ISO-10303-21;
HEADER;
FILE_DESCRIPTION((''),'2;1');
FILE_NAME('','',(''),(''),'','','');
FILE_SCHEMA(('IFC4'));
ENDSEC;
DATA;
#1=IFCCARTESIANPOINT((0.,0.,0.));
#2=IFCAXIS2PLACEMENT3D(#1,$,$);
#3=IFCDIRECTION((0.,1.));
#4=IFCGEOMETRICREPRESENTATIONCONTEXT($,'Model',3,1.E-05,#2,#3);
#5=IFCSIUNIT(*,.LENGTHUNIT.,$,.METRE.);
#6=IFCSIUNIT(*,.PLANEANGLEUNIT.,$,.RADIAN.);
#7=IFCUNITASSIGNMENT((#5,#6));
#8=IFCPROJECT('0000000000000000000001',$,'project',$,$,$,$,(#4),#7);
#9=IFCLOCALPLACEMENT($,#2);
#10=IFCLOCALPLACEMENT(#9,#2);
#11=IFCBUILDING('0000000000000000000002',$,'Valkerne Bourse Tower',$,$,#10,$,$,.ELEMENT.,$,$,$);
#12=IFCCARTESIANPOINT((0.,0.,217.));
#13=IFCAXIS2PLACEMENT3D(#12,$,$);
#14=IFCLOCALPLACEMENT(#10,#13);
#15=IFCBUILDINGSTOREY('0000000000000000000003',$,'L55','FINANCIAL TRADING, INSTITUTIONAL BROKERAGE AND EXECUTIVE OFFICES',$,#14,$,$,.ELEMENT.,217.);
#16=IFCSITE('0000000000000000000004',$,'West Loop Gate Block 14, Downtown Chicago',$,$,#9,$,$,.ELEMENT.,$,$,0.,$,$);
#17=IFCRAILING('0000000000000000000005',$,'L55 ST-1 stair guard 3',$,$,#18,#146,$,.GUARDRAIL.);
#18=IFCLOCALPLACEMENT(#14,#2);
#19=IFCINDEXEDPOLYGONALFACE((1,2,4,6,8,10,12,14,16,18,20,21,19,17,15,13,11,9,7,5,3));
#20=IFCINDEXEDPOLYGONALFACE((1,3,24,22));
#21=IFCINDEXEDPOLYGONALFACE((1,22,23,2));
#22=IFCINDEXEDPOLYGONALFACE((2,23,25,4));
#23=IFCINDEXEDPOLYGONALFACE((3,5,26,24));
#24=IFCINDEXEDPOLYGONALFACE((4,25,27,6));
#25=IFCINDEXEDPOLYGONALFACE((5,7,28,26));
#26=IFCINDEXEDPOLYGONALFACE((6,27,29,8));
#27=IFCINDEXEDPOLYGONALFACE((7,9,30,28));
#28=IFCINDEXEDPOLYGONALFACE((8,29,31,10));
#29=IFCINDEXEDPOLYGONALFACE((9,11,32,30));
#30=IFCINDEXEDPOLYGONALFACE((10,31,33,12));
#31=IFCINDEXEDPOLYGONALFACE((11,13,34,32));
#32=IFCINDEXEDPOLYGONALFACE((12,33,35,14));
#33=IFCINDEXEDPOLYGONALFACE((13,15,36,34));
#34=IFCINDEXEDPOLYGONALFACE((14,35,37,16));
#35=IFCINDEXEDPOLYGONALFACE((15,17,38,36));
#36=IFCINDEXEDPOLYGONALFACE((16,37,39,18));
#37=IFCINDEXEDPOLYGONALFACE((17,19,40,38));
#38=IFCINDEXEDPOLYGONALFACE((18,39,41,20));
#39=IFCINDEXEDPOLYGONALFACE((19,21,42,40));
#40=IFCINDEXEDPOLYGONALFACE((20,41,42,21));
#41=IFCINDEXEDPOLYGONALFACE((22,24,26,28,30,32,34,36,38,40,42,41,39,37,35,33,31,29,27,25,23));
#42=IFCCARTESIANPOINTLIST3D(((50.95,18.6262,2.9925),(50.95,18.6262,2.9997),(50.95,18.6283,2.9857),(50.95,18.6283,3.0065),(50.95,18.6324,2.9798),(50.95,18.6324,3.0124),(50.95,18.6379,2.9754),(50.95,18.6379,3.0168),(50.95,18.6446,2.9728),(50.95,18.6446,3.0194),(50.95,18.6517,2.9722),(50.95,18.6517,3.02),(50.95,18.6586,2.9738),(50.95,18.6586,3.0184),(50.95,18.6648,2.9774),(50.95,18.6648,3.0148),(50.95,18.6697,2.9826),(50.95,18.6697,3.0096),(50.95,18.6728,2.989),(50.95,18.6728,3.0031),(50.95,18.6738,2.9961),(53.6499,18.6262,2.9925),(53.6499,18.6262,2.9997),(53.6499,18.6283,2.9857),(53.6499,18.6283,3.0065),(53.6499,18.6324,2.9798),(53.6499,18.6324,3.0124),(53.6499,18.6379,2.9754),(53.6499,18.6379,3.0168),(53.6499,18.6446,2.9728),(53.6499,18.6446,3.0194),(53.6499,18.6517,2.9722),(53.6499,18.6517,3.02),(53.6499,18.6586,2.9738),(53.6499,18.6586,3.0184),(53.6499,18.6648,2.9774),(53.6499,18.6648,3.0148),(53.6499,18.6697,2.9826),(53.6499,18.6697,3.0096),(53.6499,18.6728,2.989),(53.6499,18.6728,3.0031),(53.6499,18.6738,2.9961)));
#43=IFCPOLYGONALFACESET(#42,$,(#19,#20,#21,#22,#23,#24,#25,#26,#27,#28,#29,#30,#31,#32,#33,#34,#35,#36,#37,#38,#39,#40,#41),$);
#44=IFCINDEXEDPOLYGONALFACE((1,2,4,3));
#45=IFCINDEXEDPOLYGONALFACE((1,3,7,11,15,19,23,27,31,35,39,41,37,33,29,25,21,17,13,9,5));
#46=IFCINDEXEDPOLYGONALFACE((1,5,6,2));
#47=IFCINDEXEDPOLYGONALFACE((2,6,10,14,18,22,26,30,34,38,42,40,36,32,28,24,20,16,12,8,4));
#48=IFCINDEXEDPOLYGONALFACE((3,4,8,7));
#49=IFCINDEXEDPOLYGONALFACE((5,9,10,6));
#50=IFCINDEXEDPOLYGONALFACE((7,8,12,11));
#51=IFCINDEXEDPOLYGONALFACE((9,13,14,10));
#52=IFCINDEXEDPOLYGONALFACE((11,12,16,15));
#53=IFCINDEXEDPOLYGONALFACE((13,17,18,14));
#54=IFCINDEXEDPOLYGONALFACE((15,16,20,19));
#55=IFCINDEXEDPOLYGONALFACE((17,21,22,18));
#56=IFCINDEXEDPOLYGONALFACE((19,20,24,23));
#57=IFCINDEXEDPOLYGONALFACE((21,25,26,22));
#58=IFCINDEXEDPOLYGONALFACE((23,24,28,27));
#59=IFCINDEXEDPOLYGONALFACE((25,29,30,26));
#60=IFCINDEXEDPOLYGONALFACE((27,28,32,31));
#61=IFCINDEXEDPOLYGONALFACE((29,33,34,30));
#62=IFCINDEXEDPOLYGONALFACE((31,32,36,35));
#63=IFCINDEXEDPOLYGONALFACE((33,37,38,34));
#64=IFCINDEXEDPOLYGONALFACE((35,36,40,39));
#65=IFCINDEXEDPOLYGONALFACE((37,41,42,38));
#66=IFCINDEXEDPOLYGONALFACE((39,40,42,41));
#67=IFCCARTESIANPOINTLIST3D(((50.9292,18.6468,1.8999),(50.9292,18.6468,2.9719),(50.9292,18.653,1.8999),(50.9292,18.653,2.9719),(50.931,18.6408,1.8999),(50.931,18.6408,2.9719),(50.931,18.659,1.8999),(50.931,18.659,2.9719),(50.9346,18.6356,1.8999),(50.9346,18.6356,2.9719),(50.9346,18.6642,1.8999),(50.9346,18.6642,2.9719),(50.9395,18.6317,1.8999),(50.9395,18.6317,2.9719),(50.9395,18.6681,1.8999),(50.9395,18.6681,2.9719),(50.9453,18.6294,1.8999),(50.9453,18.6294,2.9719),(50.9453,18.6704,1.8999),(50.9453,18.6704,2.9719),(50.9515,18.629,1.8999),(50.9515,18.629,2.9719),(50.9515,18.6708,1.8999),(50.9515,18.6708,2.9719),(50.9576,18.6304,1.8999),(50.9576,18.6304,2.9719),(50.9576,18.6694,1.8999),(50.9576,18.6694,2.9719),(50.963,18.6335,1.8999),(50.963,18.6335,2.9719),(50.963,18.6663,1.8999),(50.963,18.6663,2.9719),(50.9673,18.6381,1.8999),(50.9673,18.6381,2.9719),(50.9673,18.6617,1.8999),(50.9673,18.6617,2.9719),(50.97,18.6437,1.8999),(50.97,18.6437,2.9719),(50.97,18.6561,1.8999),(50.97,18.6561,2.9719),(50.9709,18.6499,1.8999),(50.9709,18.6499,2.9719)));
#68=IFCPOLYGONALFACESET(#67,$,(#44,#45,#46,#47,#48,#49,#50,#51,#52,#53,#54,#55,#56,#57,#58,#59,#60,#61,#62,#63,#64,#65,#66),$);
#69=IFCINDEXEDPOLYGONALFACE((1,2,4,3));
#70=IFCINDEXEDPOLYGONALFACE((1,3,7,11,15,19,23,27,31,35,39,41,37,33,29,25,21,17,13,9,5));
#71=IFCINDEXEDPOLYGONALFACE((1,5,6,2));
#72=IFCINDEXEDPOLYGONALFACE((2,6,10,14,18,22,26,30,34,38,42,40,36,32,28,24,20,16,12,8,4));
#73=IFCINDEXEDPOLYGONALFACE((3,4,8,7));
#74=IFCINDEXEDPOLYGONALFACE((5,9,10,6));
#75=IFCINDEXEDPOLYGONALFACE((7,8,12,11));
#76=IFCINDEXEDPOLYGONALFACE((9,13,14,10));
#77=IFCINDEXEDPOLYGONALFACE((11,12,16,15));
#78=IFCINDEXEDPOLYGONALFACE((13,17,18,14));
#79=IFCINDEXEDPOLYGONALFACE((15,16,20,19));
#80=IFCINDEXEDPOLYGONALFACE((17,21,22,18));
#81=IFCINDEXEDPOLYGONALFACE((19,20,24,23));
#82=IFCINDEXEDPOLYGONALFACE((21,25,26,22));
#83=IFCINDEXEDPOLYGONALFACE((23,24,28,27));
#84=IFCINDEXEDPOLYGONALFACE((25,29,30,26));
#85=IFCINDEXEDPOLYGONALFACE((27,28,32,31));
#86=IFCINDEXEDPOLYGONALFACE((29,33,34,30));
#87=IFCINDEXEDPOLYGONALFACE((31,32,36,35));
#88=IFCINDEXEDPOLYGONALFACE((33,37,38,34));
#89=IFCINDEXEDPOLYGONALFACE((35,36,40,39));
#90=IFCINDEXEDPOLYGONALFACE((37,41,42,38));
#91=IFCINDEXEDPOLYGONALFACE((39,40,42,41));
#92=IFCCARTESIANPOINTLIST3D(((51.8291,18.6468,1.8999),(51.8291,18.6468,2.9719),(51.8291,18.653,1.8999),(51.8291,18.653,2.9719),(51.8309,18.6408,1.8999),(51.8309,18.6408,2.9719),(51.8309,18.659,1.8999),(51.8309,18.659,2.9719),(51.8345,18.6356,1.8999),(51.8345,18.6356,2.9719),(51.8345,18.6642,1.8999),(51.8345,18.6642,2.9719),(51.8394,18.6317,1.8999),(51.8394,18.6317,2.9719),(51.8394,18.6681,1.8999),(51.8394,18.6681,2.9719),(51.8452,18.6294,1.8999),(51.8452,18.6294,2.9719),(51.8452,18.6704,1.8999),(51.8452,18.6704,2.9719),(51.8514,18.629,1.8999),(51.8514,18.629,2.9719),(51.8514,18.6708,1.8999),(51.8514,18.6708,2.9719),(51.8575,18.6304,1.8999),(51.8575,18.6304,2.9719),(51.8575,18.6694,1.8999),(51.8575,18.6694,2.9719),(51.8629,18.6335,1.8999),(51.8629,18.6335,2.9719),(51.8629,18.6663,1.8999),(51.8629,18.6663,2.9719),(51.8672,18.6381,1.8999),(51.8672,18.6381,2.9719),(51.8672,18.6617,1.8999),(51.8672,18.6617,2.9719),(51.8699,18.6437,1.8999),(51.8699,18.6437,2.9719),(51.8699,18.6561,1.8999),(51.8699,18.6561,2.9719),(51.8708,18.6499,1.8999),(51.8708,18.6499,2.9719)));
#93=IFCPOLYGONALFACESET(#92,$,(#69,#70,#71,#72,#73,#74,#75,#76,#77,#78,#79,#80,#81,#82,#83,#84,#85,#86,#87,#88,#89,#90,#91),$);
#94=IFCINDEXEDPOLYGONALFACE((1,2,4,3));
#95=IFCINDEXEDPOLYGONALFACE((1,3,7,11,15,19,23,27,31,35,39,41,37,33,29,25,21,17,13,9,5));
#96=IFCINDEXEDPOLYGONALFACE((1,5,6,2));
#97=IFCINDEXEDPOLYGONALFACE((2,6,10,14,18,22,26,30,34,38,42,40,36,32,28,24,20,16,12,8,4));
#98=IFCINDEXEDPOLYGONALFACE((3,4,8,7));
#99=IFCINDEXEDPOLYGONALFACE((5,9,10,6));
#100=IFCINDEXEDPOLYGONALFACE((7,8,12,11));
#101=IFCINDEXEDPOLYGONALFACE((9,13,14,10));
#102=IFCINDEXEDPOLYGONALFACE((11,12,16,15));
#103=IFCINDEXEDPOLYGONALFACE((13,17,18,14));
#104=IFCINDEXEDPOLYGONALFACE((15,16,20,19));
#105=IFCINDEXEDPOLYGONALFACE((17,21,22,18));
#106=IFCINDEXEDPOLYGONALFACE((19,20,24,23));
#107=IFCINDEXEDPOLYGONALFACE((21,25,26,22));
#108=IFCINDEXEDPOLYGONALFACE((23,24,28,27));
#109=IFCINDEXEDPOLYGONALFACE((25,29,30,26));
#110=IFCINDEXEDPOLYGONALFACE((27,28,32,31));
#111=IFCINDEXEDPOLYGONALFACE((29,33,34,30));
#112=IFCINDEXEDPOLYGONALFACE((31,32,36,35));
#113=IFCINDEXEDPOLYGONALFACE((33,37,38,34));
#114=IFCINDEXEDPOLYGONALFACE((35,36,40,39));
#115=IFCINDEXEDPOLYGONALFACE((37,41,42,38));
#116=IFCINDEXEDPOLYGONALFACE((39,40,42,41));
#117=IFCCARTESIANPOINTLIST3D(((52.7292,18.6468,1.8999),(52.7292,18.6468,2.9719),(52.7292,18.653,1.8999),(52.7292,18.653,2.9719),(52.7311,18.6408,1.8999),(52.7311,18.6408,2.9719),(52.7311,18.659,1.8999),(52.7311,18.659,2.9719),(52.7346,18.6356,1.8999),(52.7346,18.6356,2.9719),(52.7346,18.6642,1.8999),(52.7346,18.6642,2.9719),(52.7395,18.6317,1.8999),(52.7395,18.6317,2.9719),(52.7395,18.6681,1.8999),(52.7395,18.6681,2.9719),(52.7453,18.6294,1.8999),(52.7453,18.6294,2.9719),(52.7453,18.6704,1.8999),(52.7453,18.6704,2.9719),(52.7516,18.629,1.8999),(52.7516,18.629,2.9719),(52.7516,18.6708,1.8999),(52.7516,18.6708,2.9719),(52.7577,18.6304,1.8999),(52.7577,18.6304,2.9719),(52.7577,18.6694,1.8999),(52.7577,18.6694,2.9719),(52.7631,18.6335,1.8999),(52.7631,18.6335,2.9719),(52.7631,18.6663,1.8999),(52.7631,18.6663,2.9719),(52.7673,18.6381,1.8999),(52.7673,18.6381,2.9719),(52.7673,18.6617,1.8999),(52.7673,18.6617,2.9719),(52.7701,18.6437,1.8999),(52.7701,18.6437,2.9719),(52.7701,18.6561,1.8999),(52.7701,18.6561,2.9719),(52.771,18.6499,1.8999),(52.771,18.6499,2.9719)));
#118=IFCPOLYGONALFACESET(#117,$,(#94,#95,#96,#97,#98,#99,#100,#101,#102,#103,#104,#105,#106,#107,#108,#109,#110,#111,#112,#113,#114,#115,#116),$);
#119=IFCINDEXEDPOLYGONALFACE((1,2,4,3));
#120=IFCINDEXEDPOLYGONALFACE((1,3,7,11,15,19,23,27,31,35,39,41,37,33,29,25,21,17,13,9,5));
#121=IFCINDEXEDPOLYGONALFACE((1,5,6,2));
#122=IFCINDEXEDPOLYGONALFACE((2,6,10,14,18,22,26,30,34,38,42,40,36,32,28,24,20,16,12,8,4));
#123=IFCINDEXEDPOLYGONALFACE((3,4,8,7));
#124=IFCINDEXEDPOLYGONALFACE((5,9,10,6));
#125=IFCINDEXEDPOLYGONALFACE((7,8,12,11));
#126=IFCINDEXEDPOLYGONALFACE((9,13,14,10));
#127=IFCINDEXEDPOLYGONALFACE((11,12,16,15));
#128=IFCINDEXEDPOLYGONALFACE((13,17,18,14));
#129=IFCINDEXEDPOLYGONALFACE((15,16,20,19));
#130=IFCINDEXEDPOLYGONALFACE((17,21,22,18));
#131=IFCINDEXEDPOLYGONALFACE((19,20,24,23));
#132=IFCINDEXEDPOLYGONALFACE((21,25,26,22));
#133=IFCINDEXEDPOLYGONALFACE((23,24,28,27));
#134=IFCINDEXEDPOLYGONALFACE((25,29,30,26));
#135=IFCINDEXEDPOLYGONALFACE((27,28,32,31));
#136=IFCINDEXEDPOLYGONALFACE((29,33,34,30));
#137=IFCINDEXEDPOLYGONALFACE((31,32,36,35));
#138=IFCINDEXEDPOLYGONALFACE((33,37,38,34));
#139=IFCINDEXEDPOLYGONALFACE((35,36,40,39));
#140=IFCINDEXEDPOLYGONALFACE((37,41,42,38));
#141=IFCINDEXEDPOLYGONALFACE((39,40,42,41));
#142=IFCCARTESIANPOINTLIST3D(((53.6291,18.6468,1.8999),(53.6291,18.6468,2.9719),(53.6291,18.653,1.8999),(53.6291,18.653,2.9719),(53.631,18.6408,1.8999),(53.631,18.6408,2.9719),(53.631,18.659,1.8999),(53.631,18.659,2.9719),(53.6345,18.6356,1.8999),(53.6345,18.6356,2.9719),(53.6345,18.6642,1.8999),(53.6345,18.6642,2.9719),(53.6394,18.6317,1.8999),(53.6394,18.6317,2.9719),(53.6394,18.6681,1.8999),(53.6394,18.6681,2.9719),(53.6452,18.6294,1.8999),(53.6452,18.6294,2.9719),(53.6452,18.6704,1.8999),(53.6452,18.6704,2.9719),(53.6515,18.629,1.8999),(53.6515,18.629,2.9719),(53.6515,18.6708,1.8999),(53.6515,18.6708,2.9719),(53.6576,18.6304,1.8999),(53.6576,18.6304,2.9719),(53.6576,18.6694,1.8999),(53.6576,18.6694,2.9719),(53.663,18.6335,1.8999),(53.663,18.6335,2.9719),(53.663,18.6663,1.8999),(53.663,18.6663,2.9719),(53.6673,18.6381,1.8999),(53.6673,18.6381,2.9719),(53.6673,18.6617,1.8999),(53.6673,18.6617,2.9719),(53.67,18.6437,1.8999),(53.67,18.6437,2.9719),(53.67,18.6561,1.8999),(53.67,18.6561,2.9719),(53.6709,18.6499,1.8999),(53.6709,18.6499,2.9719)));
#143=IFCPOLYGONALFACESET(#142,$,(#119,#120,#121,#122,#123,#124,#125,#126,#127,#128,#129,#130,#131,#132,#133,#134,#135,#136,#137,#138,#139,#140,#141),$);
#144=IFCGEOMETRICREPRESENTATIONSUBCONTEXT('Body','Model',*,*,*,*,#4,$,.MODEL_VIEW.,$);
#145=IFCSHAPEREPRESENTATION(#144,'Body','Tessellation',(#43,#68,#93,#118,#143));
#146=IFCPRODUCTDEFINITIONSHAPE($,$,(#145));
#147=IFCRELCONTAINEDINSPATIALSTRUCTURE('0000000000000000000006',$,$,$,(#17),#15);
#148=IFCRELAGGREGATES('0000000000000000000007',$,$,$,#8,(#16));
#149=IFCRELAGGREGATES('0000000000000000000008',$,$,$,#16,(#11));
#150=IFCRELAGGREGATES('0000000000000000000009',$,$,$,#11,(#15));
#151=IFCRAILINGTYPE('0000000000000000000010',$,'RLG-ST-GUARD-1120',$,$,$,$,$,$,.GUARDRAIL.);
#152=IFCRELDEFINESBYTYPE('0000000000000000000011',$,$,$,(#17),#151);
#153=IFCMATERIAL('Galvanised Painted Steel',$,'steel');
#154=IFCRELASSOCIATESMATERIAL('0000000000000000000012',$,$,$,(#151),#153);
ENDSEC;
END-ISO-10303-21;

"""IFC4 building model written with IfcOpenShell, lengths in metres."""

from ifc_helpers import new_model, si_unit, direction, frame, origin, origin_2d, place, context, subcontext, project, spatial, circle, extrude, material, type_object, element, save


model = new_model("IFC4")

# Units and contexts
model_context = context("Model", 3, precision=1e-05, world=origin(), true_north=direction((0.0, 1.0)))
body_context = subcontext(model_context, "Body", "Model", "MODEL_VIEW")
ifc_project = project(units=[si_unit("LENGTHUNIT", "METRE"), si_unit("PLANEANGLEUNIT", "RADIAN")], contexts=[model_context])

# Site, building, storey
site_placement = place(None, origin())
site = spatial("IfcSite", under=ifc_project, at=site_placement, Name="West Loop Gate Block 14, Downtown Chicago", CompositionType="ELEMENT", RefElevation=0.0)
building_placement = place(site_placement, origin())
building = spatial("IfcBuilding", under=site, at=building_placement, Name="Valkerne Bourse Tower", CompositionType="ELEMENT")
storey_placement = place(building_placement, frame((0.0, 0.0, 217.0)))
storey = spatial("IfcBuildingStorey", under=building, at=storey_placement, Name="L55", Description="FINANCIAL TRADING, INSTITUTIONAL BROKERAGE AND EXECUTIVE OFFICES", CompositionType="ELEMENT", Elevation=217.0)

# Shared definitions
ifc_material_1 = material(Name="Galvanised Painted Steel", Category="steel")

# Railing
railing_type_1 = type_object("IfcRailingType", Name="RLG-ST-GUARD-1120", PredefinedType="GUARDRAIL", material=ifc_material_1)
for number, where, name in (
    (1, (50.95, 18.6499, 1.8999), "L55 ST-1 stair guard 3"),
):
    element("IfcRailing", number, at=place(storey_placement, frame(where)), inside=storey, type_object=railing_type_1, Name=name, PredefinedType="GUARDRAIL", context=body_context, shape_type="SweptSolid", body=[
        extrude(circle(Radius=0.0239, at=origin_2d()), frame((0.0, 0.0, 1.0962), z_axis=(1.0, 0.0, 0.0), x_axis=(0.0, 1.0, 0.0)), (0.0, 0.0, 1.0), 2.7),
        extrude(circle(Radius=0.021, at=origin_2d()), origin(), (0.0, 0.0, 1.0), 1.072),
        extrude(circle(Radius=0.021, at=origin_2d()), frame((0.8999, 0.0, 0.0)), (0.0, 0.0, 1.0), 1.072),
        extrude(circle(Radius=0.021, at=origin_2d()), frame((1.8, 0.0, 0.0)), (0.0, 0.0, 1.0), 1.072),
        extrude(circle(Radius=0.021, at=origin_2d()), frame((2.7, 0.0, 0.0)), (0.0, 0.0, 1.0), 1.072),
    ])

save(model, "model.ifc")
